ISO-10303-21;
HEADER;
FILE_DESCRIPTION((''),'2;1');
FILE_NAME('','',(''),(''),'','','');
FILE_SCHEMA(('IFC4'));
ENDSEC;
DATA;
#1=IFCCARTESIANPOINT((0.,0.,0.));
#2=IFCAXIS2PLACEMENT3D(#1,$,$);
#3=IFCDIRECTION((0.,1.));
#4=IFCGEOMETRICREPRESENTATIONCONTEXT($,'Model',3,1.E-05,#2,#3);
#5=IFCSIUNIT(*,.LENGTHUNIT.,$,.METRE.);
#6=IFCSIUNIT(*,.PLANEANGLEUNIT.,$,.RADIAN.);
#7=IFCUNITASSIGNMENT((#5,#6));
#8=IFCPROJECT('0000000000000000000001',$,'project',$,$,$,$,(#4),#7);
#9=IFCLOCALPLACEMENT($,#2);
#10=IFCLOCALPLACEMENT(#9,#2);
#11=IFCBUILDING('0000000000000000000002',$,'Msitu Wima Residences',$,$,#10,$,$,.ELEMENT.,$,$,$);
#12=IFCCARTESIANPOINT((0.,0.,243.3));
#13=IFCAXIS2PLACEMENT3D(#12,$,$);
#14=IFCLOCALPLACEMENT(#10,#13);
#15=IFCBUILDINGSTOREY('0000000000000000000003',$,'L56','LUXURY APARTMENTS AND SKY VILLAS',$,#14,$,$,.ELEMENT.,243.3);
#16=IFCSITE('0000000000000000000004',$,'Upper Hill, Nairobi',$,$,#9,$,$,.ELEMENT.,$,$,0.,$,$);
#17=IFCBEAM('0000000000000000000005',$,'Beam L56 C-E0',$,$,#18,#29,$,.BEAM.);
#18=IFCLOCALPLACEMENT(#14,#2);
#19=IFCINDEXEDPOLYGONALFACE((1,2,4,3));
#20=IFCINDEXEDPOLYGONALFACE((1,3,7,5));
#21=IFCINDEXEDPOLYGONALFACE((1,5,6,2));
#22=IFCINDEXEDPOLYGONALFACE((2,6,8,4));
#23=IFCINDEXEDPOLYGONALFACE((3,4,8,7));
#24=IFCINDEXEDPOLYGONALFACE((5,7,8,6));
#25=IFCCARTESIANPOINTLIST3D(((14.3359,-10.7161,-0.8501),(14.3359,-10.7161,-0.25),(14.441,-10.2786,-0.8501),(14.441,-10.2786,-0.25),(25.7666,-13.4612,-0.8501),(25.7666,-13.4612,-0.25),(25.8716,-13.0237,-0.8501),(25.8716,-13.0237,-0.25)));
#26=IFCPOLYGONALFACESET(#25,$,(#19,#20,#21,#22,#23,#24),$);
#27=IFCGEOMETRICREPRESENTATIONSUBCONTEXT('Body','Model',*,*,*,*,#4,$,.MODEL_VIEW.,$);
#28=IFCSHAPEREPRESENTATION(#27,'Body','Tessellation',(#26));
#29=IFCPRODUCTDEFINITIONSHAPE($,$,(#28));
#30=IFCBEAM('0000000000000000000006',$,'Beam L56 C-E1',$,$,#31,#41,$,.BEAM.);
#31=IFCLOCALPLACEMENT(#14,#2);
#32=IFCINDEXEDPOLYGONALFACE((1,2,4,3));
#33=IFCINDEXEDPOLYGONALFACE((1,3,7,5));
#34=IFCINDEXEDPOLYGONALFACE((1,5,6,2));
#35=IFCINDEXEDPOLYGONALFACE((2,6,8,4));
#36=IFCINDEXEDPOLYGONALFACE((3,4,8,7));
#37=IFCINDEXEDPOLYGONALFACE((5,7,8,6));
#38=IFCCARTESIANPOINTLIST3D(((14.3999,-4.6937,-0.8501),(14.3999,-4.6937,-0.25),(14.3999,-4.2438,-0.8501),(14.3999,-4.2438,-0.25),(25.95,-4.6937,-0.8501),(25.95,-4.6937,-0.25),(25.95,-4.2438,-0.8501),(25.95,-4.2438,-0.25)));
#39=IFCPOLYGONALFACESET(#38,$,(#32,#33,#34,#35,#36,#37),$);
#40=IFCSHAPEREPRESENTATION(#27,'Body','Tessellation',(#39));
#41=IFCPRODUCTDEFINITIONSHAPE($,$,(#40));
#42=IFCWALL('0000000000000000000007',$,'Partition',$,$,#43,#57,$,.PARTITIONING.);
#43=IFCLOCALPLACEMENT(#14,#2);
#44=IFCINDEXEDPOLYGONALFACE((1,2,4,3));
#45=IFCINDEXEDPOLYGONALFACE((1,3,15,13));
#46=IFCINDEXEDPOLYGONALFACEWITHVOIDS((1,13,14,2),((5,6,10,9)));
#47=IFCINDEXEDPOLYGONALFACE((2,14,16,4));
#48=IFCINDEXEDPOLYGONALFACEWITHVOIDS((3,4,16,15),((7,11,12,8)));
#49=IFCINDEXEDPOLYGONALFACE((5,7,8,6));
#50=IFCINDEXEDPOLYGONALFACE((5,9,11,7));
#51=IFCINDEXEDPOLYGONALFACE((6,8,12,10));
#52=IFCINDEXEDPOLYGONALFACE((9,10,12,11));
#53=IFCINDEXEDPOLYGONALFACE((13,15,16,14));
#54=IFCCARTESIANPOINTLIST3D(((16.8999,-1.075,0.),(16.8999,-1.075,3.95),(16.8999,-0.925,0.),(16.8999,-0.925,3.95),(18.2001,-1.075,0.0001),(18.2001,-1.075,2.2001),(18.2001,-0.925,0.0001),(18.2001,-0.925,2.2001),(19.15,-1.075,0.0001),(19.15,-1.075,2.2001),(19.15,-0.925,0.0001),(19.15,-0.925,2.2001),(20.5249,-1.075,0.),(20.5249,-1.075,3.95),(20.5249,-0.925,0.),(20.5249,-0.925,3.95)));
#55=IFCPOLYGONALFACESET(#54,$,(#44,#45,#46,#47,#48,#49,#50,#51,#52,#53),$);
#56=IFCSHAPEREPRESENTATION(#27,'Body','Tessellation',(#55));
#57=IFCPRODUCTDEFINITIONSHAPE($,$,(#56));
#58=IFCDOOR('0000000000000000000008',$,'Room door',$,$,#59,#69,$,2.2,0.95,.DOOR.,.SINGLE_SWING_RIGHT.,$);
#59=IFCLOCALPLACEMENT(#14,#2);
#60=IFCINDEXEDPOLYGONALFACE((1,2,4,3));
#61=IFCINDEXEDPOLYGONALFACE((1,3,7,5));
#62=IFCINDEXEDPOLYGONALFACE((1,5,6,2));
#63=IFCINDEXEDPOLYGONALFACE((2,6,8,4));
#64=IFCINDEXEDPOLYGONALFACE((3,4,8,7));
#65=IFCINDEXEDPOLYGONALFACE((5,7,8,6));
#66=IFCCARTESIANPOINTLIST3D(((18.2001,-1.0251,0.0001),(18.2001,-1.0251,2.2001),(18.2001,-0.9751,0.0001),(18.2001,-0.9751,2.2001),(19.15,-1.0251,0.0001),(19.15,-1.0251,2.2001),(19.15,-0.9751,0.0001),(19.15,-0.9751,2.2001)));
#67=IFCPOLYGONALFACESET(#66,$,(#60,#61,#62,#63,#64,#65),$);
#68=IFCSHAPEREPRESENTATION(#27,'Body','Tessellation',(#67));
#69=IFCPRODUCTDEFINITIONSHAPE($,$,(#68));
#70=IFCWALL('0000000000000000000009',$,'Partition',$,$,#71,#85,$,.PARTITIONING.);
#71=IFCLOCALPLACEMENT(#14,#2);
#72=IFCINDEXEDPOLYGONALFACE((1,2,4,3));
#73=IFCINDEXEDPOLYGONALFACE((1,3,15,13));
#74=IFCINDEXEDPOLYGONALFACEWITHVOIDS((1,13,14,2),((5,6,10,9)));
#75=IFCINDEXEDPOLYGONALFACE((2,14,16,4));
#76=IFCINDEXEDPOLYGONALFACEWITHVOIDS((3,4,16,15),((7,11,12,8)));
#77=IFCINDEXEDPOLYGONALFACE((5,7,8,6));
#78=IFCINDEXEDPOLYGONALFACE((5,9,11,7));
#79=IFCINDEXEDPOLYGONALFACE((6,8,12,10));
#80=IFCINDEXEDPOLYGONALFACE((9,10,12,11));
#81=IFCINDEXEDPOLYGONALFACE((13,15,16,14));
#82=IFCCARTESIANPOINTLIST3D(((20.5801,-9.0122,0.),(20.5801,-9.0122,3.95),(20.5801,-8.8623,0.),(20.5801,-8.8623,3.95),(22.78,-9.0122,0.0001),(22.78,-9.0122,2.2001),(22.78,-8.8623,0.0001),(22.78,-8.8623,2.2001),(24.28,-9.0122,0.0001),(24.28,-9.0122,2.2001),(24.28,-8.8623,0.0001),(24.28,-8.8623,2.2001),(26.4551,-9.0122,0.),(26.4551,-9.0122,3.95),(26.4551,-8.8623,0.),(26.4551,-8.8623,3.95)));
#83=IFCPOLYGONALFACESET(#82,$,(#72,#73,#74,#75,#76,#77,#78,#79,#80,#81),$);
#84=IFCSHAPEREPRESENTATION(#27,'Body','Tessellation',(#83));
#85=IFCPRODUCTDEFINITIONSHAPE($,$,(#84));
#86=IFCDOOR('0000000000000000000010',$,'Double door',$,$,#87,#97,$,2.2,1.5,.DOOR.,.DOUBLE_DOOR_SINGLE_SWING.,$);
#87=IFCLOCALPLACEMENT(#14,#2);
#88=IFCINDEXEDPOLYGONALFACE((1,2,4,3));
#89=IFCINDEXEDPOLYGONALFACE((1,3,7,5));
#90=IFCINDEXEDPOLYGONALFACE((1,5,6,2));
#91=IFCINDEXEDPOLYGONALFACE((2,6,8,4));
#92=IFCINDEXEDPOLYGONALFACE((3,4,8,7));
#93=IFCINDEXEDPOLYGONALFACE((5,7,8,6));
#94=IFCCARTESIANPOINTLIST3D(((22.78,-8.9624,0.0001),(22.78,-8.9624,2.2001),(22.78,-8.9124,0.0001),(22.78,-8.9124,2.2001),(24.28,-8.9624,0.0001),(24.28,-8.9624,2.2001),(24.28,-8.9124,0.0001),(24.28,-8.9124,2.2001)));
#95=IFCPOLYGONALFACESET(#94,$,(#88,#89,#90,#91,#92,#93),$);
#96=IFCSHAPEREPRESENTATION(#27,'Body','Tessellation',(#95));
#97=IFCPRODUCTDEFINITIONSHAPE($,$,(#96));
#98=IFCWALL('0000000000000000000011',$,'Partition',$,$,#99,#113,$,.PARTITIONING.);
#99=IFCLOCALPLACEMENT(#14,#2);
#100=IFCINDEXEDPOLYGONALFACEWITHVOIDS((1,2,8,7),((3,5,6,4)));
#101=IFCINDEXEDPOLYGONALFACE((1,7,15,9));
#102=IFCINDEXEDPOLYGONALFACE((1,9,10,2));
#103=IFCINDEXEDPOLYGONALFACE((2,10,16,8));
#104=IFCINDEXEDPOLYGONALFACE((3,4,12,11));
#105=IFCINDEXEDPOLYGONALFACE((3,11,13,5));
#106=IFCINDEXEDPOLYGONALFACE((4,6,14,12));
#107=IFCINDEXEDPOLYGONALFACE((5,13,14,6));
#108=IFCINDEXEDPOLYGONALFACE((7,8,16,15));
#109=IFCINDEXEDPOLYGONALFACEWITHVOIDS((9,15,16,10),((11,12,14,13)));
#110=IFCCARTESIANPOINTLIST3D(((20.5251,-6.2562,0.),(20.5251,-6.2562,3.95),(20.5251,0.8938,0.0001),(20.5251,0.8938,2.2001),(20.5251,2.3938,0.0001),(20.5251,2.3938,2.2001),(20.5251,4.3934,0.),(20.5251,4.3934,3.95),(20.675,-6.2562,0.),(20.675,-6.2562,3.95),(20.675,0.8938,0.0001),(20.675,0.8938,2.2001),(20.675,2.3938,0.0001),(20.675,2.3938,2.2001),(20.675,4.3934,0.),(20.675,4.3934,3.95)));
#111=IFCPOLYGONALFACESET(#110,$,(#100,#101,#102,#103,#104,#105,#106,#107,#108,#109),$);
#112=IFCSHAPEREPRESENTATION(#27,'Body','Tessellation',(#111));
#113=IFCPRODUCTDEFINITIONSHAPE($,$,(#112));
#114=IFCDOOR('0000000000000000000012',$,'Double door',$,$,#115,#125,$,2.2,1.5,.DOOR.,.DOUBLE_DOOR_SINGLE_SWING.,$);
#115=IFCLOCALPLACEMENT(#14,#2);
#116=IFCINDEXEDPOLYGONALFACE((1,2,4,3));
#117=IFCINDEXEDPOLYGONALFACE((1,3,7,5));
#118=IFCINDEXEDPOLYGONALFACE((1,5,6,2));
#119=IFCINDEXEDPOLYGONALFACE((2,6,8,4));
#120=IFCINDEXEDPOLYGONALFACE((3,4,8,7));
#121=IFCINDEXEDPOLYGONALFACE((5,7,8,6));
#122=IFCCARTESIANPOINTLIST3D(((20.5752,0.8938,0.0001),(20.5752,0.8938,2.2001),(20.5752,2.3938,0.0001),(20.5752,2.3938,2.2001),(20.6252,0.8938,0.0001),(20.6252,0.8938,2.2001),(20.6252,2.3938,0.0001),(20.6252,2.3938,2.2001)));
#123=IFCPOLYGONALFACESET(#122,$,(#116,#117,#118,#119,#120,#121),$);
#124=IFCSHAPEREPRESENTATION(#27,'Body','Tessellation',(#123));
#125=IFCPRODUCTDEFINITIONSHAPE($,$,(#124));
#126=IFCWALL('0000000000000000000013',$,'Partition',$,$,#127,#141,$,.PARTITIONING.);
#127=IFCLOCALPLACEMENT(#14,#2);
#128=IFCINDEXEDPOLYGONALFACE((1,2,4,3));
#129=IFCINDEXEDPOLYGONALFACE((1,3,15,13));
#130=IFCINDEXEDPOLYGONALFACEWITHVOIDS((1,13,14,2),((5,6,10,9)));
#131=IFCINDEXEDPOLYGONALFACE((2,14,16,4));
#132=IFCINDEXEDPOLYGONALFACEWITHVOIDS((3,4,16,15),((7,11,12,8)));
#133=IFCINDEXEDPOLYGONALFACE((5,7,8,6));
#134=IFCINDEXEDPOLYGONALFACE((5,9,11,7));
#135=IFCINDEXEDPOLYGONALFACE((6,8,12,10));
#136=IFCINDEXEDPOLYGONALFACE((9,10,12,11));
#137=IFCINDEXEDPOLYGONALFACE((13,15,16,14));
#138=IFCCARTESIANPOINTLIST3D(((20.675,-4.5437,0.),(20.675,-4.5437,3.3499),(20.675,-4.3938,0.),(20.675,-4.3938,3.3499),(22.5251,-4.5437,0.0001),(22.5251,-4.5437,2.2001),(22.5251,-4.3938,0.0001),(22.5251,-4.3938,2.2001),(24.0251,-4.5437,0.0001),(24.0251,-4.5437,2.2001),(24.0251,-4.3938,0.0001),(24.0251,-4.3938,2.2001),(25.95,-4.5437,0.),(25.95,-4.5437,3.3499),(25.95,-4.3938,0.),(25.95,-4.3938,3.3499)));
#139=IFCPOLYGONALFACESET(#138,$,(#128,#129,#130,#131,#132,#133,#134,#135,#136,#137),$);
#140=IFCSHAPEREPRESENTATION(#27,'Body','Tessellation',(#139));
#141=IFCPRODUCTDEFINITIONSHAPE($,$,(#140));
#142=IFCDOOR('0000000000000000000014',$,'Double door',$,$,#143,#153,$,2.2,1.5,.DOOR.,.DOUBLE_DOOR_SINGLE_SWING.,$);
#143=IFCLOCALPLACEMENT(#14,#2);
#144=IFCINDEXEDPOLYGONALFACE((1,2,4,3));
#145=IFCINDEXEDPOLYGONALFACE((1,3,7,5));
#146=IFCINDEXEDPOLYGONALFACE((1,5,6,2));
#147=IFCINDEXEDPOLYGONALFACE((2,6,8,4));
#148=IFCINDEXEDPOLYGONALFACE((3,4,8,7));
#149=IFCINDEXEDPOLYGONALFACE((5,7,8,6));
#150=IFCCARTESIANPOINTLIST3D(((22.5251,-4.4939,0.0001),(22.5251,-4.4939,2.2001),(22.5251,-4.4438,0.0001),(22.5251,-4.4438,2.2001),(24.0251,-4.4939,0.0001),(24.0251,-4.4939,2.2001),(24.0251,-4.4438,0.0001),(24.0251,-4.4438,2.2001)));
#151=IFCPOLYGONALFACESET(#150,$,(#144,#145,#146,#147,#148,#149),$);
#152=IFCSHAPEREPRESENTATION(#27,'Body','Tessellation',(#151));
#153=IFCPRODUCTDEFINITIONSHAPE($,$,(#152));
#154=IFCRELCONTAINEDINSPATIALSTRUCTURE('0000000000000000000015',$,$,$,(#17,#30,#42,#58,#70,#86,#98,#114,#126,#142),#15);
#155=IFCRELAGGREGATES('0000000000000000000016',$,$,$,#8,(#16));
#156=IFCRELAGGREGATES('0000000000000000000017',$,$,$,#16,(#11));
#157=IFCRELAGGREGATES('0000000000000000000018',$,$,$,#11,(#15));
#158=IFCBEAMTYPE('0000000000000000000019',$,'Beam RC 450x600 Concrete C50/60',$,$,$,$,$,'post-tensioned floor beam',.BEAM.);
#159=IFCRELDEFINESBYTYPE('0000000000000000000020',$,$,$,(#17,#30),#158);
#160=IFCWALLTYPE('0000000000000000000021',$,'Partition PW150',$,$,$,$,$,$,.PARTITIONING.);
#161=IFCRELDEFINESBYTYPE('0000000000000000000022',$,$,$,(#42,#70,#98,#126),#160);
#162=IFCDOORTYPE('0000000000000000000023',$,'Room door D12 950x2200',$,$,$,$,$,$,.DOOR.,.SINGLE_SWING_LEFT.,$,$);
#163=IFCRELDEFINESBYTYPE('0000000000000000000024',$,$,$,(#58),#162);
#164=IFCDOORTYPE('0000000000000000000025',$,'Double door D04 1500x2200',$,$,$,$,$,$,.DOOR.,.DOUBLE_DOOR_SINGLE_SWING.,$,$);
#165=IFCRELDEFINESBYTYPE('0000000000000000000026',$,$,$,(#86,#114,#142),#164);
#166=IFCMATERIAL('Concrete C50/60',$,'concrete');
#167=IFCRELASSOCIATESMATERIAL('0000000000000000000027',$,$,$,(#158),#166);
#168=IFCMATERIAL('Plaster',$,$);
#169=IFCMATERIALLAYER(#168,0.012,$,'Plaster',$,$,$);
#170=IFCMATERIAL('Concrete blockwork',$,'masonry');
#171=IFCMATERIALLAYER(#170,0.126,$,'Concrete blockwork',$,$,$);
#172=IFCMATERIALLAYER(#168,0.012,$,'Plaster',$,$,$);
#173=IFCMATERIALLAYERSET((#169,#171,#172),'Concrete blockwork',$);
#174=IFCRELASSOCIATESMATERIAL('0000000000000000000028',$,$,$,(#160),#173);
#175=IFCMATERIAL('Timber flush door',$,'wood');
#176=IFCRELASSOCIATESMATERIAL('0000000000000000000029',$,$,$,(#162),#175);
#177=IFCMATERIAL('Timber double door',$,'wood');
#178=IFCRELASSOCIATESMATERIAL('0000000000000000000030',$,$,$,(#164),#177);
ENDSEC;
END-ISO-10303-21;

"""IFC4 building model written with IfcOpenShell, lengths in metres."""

from ifc_helpers import new_model, si_unit, direction, frame, frame_2d, origin, origin_2d, place, context, subcontext, project, spatial, rectangle, extrude, material, layer, layer_set, material_profile, profile_set, type_object, element, fill, save


model = new_model("IFC4")

# Units and contexts
model_context = context("Model", 3, precision=1e-05, world=origin(), true_north=direction((0.0, 1.0)))
body_context = subcontext(model_context, "Body", "Model", "MODEL_VIEW")
ifc_project = project(units=[si_unit("LENGTHUNIT", "METRE"), si_unit("PLANEANGLEUNIT", "RADIAN")], contexts=[model_context])

# Site, building, storey
site_placement = place(None, origin())
site = spatial("IfcSite", under=ifc_project, at=site_placement, Name="Upper Hill, Nairobi", CompositionType="ELEMENT", RefElevation=0.0)
building_placement = place(site_placement, origin())
building = spatial("IfcBuilding", under=site, at=building_placement, Name="Msitu Wima Residences", CompositionType="ELEMENT")
storey_placement = place(building_placement, frame((0.0, 0.0, 243.3)))
storey = spatial("IfcBuildingStorey", under=building, at=storey_placement, Name="L56", Description="LUXURY APARTMENTS AND SKY VILLAS", CompositionType="ELEMENT", Elevation=243.3)

# Beams
ifc_material_1 = material(Name="Concrete C50/60", Category="concrete")
ifc_material_profile = material_profile(ifc_material_1, rectangle(XDim=0.45, YDim=0.6001, at=origin_2d()), Name="RC 450x600")
ifc_profile_set = profile_set([ifc_material_profile], Name="Concrete C50/60")
beam_type = type_object("IfcBeamType", Name="Beam RC 450x600 Concrete C50/60", ElementType="post-tensioned floor beam", PredefinedType="BEAM", material=ifc_profile_set)
beam_1_placement = place(storey_placement, frame((25.8191, -13.2424, -0.55), z_axis=(-0.972353, 0.233514, 0.0), x_axis=(-0.233514, -0.972353, 0.0)))
element("IfcBeam", 1, at=beam_1_placement, inside=storey, type_object=beam_type, Name="Beam L56 C-E0", PredefinedType="BEAM", context=body_context, shape_type="SweptSolid", body=[
    extrude(rectangle(XDim=0.45, YDim=0.6001, at=origin_2d()), origin(), (0.0, 0.0, 1.0), 11.7556),
])
beam_2_placement = place(storey_placement, frame((25.95, -4.4688, -0.55), z_axis=(-1.0, 0.0, 0.0), x_axis=(0.0, -1.0, 0.0)))
element("IfcBeam", 2, at=beam_2_placement, inside=storey, type_object=beam_type, Name="Beam L56 C-E1", PredefinedType="BEAM", context=body_context, shape_type="SweptSolid", body=[
    extrude(rectangle(XDim=0.45, YDim=0.6001, at=origin_2d()), origin(), (0.0, 0.0, 1.0), 11.55),
])

# Walls, openings, doors
ifc_material_2 = material(Name="Plaster")
ifc_layer_1 = layer(ifc_material_2, 0.012, Name="Plaster")
ifc_material_3 = material(Name="Concrete blockwork", Category="masonry")
ifc_layer_2 = layer(ifc_material_3, 0.126, Name="Concrete blockwork")
ifc_layer_3 = layer(ifc_material_2, 0.012, Name="Plaster")
ifc_layer_set_1 = layer_set([ifc_layer_1, ifc_layer_2, ifc_layer_3], Name="Concrete blockwork")
wall_type_1 = type_object("IfcWallType", Name="Partition PW150", PredefinedType="PARTITIONING", material=ifc_layer_set_1)
wall_1_placement = place(storey_placement, frame((16.8999, -1.0, 0.0), z_axis=(0.0, 0.0, 1.0), x_axis=(1.0, 0.0, 0.0)))
wall_1 = element("IfcWall", 3, at=wall_1_placement, inside=storey, type_object=wall_type_1, Name="Partition", PredefinedType="PARTITIONING", context=body_context, shape_type="SweptSolid", body=[
    extrude(rectangle(XDim=3.625, YDim=0.1499, at=frame_2d((1.8125, 0.0))), origin(), (0.0, 0.0, 1.0), 3.95),
])
opening_1_placement = place(wall_1_placement, frame((1.3, 0.0, 0.0)))
opening_1 = element("IfcOpeningElement", 4, at=opening_1_placement, cuts=wall_1, PredefinedType="OPENING", context=body_context, shape_type="SweptSolid", body=[
    extrude(rectangle(XDim=0.95, YDim=2.2, at=frame_2d((0.4751, 1.1001))), frame((0.0, 0.085, 0.0), z_axis=(0.0, -1.0, 0.0), x_axis=(1.0, 0.0, 0.0)), (0.0, 0.0, 1.0), 0.1699),
])
ifc_material_4 = material(Name="Timber flush door", Category="wood")
door_type_1 = type_object("IfcDoorType", Name="Room door D12 950x2200", OperationType="SINGLE_SWING_LEFT", PredefinedType="DOOR", material=ifc_material_4)
door_1_placement = place(opening_1_placement, origin())
door_1 = element("IfcDoor", 5, at=door_1_placement, inside=storey, type_object=door_type_1, Name="Room door", OperationType="SINGLE_SWING_RIGHT", OverallHeight=2.2, OverallWidth=0.95, PredefinedType="DOOR", context=body_context, shape_type="SweptSolid", body=[
    extrude(rectangle(XDim=0.95, YDim=2.2, at=frame_2d((0.4751, 1.1001))), frame((0.0, 0.0249, 0.0), z_axis=(0.0, -1.0, 0.0), x_axis=(1.0, 0.0, 0.0)), (0.0, 0.0, 1.0), 0.05),
])
fill(opening_1, door_1)
wall_2_placement = place(storey_placement, frame((20.5801, -8.9373, 0.0), z_axis=(0.0, 0.0, 1.0), x_axis=(1.0, 0.0, 0.0)))
wall_2 = element("IfcWall", 6, at=wall_2_placement, inside=storey, type_object=wall_type_1, Name="Partition", PredefinedType="PARTITIONING", context=body_context, shape_type="SweptSolid", body=[
    extrude(rectangle(XDim=5.875, YDim=0.1499, at=frame_2d((2.9375, 0.0))), origin(), (0.0, 0.0, 1.0), 3.95),
])
opening_2_placement = place(wall_2_placement, frame((2.2, 0.0, 0.0)))
opening_2 = element("IfcOpeningElement", 7, at=opening_2_placement, cuts=wall_2, PredefinedType="OPENING", context=body_context, shape_type="SweptSolid", body=[
    extrude(rectangle(XDim=1.5, YDim=2.2, at=frame_2d((0.75, 1.1001))), frame((0.0, 0.085, 0.0), z_axis=(0.0, -1.0, 0.0), x_axis=(1.0, 0.0, 0.0)), (0.0, 0.0, 1.0), 0.1699),
])
ifc_material_5 = material(Name="Timber double door", Category="wood")
door_type_2 = type_object("IfcDoorType", Name="Double door D04 1500x2200", OperationType="DOUBLE_DOOR_SINGLE_SWING", PredefinedType="DOOR", material=ifc_material_5)
door_2_placement = place(opening_2_placement, origin())
door_2 = element("IfcDoor", 8, at=door_2_placement, inside=storey, type_object=door_type_2, Name="Double door", OperationType="DOUBLE_DOOR_SINGLE_SWING", OverallHeight=2.2, OverallWidth=1.5, PredefinedType="DOOR", context=body_context, shape_type="SweptSolid", body=[
    extrude(rectangle(XDim=1.5, YDim=2.2, at=frame_2d((0.75, 1.1001))), frame((0.0, 0.0249, 0.0), z_axis=(0.0, -1.0, 0.0), x_axis=(1.0, 0.0, 0.0)), (0.0, 0.0, 1.0), 0.05),
])
fill(opening_2, door_2)
wall_3_placement = place(storey_placement, frame((20.6001, -6.2561, 0.0), z_axis=(0.0, 0.0, 1.0), x_axis=(0.0, 1.0, 0.0)))
wall_3 = element("IfcWall", 9, at=wall_3_placement, inside=storey, type_object=wall_type_1, Name="Partition", PredefinedType="PARTITIONING", context=body_context, shape_type="SweptSolid", body=[
    extrude(rectangle(XDim=10.6497, YDim=0.1499, at=frame_2d((5.3247, 0.0))), origin(), (0.0, 0.0, 1.0), 3.95),
])
opening_3_placement = place(wall_3_placement, frame((7.1499, 0.0, 0.0)))
opening_3 = element("IfcOpeningElement", 10, at=opening_3_placement, cuts=wall_3, PredefinedType="OPENING", context=body_context, shape_type="SweptSolid", body=[
    extrude(rectangle(XDim=1.5, YDim=2.2, at=frame_2d((0.75, 1.1001))), frame((0.0, 0.085, 0.0), z_axis=(0.0, -1.0, 0.0), x_axis=(1.0, 0.0, 0.0)), (0.0, 0.0, 1.0), 0.1699),
])
door_3_placement = place(opening_3_placement, origin())
door_3 = element("IfcDoor", 11, at=door_3_placement, inside=storey, type_object=door_type_2, Name="Double door", OperationType="DOUBLE_DOOR_SINGLE_SWING", OverallHeight=2.2, OverallWidth=1.5, PredefinedType="DOOR", context=body_context, shape_type="SweptSolid", body=[
    extrude(rectangle(XDim=1.5, YDim=2.2, at=frame_2d((0.75, 1.1001))), frame((0.0, 0.0249, 0.0), z_axis=(0.0, -1.0, 0.0), x_axis=(1.0, 0.0, 0.0)), (0.0, 0.0, 1.0), 0.05),
])
fill(opening_3, door_3)
wall_4_placement = place(storey_placement, frame((20.675, -4.4688, 0.0), z_axis=(0.0, 0.0, 1.0), x_axis=(1.0, 0.0, 0.0)))
wall_4 = element("IfcWall", 12, at=wall_4_placement, inside=storey, type_object=wall_type_1, Name="Partition", PredefinedType="PARTITIONING", context=body_context, shape_type="SweptSolid", body=[
    extrude(rectangle(XDim=5.2749, YDim=0.1499, at=frame_2d((2.6375, 0.0))), origin(), (0.0, 0.0, 1.0), 3.3499),
])
opening_4_placement = place(wall_4_placement, frame((1.8501, 0.0, 0.0)))
opening_4 = element("IfcOpeningElement", 13, at=opening_4_placement, cuts=wall_4, PredefinedType="OPENING", context=body_context, shape_type="SweptSolid", body=[
    extrude(rectangle(XDim=1.5, YDim=2.2, at=frame_2d((0.75, 1.1001))), frame((0.0, 0.085, 0.0), z_axis=(0.0, -1.0, 0.0), x_axis=(1.0, 0.0, 0.0)), (0.0, 0.0, 1.0), 0.1699),
])
door_4_placement = place(opening_4_placement, origin())
door_4 = element("IfcDoor", 14, at=door_4_placement, inside=storey, type_object=door_type_2, Name="Double door", OperationType="DOUBLE_DOOR_SINGLE_SWING", OverallHeight=2.2, OverallWidth=1.5, PredefinedType="DOOR", context=body_context, shape_type="SweptSolid", body=[
    extrude(rectangle(XDim=1.5, YDim=2.2, at=frame_2d((0.75, 1.1001))), frame((0.0, 0.0249, 0.0), z_axis=(0.0, -1.0, 0.0), x_axis=(1.0, 0.0, 0.0)), (0.0, 0.0, 1.0), 0.05),
])
fill(opening_4, door_4)

save(model, "model.ifc")
